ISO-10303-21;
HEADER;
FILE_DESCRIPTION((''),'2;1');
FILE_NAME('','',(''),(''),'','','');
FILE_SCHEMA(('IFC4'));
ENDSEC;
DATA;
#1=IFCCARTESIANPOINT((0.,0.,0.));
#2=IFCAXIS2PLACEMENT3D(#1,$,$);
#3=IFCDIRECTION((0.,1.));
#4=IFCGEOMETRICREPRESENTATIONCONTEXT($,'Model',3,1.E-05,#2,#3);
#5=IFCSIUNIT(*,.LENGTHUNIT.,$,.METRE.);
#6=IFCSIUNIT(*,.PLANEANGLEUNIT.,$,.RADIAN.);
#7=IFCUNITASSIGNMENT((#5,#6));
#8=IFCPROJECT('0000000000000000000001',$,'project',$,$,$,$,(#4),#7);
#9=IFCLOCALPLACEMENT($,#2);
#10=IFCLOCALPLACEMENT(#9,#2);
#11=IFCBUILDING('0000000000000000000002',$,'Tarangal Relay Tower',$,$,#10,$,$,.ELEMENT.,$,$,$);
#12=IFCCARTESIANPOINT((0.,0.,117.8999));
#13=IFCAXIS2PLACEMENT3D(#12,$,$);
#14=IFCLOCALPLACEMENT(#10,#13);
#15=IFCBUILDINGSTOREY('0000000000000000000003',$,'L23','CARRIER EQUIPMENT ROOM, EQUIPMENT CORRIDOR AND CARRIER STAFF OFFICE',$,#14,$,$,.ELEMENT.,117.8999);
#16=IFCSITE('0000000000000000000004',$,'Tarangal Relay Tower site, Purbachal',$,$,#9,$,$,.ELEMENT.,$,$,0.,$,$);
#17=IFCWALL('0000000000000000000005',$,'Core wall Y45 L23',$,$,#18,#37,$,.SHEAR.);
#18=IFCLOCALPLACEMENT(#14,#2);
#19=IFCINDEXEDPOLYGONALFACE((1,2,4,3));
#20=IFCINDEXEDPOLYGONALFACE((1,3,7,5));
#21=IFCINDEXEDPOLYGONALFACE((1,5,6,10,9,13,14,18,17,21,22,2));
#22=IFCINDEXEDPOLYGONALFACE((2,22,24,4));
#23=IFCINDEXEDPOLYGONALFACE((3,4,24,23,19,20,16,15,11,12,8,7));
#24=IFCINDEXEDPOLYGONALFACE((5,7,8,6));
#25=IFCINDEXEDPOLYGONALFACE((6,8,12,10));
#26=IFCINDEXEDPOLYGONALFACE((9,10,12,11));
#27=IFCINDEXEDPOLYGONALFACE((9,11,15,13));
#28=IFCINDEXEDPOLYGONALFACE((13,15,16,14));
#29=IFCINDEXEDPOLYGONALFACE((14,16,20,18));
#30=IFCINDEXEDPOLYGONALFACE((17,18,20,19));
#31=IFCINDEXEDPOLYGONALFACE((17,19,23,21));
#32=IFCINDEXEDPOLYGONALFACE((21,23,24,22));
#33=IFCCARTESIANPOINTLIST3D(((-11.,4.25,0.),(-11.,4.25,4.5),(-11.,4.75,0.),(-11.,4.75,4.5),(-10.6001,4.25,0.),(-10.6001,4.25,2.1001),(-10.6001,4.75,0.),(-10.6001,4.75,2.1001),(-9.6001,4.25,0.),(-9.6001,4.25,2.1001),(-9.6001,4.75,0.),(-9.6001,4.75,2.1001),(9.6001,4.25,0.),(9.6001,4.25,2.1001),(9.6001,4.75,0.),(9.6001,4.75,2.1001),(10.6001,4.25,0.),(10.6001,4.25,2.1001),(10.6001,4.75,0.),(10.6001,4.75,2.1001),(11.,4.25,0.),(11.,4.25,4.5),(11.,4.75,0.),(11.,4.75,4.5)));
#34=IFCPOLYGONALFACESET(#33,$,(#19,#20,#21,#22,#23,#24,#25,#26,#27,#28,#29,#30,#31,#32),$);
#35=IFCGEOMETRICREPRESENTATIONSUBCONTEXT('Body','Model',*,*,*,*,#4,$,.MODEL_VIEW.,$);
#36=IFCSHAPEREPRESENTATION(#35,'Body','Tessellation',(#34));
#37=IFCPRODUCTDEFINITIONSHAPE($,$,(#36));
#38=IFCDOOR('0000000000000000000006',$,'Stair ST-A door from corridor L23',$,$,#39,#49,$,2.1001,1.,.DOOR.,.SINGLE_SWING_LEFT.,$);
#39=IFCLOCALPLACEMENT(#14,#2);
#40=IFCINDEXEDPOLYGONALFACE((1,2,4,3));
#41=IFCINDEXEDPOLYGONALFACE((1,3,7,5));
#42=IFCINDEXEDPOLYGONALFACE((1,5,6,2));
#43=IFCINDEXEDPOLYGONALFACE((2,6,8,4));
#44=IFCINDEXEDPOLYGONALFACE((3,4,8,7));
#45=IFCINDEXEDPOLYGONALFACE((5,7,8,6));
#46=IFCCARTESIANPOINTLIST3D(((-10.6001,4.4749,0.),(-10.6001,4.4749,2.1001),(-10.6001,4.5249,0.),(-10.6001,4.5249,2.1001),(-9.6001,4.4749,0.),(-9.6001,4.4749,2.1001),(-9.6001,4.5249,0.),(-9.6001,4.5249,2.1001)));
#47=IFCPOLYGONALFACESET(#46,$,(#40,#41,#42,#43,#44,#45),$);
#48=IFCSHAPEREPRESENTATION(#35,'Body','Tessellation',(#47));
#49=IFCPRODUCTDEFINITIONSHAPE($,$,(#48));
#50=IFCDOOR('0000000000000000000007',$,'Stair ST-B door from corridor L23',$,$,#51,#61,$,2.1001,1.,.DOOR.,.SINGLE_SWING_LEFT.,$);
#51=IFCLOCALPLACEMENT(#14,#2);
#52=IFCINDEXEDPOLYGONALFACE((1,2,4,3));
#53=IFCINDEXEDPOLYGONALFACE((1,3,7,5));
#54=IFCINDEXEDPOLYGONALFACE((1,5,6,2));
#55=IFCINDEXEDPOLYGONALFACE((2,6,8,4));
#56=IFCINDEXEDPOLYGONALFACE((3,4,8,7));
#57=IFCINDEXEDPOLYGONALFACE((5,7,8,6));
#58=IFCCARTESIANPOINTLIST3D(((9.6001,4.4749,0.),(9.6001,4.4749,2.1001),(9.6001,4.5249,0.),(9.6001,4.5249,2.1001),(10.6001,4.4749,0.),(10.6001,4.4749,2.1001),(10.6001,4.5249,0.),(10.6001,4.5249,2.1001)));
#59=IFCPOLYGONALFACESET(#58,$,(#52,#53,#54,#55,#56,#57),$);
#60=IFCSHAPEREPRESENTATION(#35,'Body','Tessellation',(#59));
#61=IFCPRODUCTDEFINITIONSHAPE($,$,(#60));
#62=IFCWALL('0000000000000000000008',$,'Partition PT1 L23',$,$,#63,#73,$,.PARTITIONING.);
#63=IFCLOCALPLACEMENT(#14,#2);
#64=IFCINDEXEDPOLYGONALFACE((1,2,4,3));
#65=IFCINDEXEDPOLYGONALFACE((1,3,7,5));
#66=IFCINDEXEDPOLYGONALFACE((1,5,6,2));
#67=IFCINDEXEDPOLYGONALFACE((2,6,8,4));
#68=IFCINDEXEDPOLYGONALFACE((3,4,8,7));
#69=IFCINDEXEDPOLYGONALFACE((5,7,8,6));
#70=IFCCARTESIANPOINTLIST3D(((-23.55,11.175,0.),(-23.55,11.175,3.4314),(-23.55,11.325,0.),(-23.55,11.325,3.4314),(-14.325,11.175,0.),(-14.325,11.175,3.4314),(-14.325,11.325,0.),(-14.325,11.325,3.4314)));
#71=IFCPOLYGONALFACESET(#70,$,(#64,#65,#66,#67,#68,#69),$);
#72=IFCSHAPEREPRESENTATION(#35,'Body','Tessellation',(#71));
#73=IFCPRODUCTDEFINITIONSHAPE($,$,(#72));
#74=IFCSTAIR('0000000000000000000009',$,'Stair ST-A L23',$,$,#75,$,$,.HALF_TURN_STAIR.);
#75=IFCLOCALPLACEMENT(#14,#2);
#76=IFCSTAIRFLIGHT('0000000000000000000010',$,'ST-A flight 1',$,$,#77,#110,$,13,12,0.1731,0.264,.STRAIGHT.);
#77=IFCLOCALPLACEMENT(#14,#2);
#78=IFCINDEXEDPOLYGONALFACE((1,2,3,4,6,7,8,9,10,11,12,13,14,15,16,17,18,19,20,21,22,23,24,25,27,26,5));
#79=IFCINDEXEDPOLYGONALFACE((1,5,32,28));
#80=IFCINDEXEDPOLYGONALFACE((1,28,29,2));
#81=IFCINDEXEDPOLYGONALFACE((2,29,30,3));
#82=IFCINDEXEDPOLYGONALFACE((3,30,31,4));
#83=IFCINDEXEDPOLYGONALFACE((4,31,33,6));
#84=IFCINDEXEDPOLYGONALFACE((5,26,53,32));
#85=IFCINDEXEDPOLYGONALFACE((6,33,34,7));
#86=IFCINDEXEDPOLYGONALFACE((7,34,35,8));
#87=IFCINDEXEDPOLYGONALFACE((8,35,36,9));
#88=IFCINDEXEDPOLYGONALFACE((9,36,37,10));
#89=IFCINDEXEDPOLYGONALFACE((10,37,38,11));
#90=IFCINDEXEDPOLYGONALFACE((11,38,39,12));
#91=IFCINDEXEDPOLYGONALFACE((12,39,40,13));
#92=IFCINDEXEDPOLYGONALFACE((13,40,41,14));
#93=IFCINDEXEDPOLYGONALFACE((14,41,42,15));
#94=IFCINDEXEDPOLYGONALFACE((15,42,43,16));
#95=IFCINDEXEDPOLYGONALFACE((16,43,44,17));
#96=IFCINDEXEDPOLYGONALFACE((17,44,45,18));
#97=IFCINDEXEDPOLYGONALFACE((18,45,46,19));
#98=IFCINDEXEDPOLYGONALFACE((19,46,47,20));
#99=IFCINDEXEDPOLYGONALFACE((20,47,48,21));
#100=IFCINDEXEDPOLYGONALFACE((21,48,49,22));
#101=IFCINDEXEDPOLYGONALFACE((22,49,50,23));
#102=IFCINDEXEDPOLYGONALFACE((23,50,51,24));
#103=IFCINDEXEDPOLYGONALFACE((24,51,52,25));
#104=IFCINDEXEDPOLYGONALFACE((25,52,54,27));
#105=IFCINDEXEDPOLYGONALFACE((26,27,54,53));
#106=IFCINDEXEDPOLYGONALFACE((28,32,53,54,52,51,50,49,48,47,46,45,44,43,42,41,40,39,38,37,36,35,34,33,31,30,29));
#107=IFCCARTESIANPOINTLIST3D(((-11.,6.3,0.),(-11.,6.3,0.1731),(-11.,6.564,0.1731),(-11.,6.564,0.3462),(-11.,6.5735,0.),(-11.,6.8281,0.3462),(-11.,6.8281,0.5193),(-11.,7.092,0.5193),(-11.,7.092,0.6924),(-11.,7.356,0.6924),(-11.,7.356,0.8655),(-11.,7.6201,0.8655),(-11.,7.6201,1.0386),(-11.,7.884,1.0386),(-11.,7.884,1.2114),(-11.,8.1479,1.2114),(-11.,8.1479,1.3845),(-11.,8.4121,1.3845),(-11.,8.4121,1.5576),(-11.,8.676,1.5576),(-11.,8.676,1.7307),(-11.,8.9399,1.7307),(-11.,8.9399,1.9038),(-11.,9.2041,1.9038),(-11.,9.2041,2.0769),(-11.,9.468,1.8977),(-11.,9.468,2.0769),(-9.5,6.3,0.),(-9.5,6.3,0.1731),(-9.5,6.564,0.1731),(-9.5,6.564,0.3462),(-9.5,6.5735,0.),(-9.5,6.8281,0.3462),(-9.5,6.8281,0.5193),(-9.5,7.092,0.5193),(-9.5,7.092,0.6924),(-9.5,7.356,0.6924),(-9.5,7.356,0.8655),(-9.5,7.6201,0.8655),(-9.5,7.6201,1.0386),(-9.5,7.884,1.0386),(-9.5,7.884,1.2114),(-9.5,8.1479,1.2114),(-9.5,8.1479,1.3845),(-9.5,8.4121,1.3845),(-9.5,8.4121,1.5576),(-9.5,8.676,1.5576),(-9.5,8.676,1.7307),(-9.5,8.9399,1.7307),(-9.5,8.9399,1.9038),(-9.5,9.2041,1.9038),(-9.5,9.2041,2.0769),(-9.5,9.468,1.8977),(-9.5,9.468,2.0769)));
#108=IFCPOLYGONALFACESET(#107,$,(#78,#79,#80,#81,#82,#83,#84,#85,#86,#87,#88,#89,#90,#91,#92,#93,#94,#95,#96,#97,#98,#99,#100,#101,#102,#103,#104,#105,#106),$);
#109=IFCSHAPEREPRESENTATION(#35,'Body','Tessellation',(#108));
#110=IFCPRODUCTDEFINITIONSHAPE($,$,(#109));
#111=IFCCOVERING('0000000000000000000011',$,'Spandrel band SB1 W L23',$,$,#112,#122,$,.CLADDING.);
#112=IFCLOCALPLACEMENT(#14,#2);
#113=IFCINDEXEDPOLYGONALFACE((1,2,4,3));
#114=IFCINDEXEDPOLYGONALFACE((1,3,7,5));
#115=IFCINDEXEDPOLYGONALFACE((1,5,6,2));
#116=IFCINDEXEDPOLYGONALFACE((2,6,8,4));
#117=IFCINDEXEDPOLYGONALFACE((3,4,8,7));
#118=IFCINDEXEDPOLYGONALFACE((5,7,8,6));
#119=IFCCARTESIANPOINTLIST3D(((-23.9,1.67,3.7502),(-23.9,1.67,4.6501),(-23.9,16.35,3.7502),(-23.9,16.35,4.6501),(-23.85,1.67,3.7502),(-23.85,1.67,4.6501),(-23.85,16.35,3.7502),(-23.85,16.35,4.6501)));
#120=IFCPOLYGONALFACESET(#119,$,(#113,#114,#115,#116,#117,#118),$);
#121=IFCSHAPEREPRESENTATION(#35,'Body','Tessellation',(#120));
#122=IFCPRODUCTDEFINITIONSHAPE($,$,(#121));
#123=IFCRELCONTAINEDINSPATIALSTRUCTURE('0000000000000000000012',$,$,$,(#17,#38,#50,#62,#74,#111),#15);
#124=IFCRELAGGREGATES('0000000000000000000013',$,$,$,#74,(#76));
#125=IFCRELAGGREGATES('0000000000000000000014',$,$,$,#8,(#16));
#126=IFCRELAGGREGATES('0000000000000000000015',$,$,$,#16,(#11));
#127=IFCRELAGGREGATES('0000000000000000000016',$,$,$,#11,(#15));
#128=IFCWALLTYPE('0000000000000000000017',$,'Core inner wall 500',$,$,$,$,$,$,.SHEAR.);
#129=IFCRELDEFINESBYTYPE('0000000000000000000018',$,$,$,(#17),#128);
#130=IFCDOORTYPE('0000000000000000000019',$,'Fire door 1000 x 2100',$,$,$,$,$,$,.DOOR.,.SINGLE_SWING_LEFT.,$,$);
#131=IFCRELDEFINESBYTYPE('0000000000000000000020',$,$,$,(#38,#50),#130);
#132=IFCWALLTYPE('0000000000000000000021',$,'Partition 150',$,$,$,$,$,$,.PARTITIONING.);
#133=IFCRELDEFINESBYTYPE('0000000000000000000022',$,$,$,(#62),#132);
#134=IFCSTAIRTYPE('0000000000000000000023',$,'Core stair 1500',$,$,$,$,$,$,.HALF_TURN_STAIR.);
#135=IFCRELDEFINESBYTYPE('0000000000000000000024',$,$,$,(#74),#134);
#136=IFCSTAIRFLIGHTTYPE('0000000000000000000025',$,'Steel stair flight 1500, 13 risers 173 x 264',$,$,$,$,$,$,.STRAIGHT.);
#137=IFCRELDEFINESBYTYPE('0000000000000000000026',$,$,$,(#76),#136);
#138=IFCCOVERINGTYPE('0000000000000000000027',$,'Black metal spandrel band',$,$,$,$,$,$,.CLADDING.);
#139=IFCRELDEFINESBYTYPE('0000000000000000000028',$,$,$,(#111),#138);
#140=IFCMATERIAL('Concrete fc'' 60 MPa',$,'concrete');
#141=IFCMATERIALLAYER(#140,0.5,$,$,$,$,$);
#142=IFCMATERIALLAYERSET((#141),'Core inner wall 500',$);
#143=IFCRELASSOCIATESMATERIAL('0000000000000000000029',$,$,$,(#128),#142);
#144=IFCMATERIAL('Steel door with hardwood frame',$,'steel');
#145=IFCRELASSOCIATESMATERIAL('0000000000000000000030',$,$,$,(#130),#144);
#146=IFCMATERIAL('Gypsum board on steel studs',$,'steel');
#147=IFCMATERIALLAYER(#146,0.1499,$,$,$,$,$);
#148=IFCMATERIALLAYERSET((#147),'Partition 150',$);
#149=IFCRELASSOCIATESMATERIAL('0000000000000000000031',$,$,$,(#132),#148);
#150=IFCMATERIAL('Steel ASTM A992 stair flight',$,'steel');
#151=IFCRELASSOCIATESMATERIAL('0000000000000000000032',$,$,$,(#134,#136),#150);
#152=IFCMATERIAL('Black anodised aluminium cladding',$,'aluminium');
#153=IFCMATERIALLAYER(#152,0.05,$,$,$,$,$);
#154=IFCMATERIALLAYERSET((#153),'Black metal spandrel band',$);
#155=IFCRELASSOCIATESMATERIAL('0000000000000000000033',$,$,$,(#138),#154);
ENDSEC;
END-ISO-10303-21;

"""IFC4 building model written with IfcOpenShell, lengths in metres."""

from ifc_helpers import new_model, si_unit, direction, frame, frame_2d, origin, origin_2d, place, context, subcontext, project, spatial, polyline, rectangle, outline, extrude, material, layer, layer_set, type_object, element, fill, aggregate, save


model = new_model("IFC4")

# Units and contexts
model_context = context("Model", 3, precision=1e-05, world=origin(), true_north=direction((0.0, 1.0)))
body_context = subcontext(model_context, "Body", "Model", "MODEL_VIEW")
ifc_project = project(units=[si_unit("LENGTHUNIT", "METRE"), si_unit("PLANEANGLEUNIT", "RADIAN")], contexts=[model_context])

# Site, building, storey
site_placement = place(None, origin())
site = spatial("IfcSite", under=ifc_project, at=site_placement, Name="Tarangal Relay Tower site, Purbachal", CompositionType="ELEMENT", RefElevation=0.0)
building_placement = place(site_placement, origin())
building = spatial("IfcBuilding", under=site, at=building_placement, Name="Tarangal Relay Tower", CompositionType="ELEMENT")
storey_placement = place(building_placement, frame((0.0, 0.0, 117.8999)))
storey = spatial("IfcBuildingStorey", under=building, at=storey_placement, Name="L23", Description="CARRIER EQUIPMENT ROOM, EQUIPMENT CORRIDOR AND CARRIER STAFF OFFICE", CompositionType="ELEMENT", Elevation=117.8999)

# Wall, openings, doors
ifc_material_1 = material(Name="Concrete fc' 60 MPa", Category="concrete")
ifc_layer_1 = layer(ifc_material_1, 0.5)
ifc_layer_set_1 = layer_set([ifc_layer_1], Name="Core inner wall 500")
wall_type_1 = type_object("IfcWallType", Name="Core inner wall 500", PredefinedType="SHEAR", material=ifc_layer_set_1)
wall_1_placement = place(storey_placement, frame((-11.0, 4.5, 0.0), z_axis=(0.0, 0.0, 1.0), x_axis=(1.0, 0.0, 0.0)))
wall_1 = element("IfcWall", 1, at=wall_1_placement, inside=storey, type_object=wall_type_1, Name="Core wall Y45 L23", PredefinedType="SHEAR", context=body_context, shape_type="SweptSolid", body=[
    extrude(rectangle(XDim=22.0, YDim=0.5, at=frame_2d((11.0, 0.0))), origin(), (0.0, 0.0, 1.0), 4.5),
])
opening_1_placement = place(wall_1_placement, frame((0.3999, 0.0, 0.0)))
opening_1 = element("IfcOpeningElement", 2, at=opening_1_placement, cuts=wall_1, PredefinedType="OPENING", context=body_context, shape_type="SweptSolid", body=[
    extrude(rectangle(XDim=1.0, YDim=2.1001, at=frame_2d((0.5, 1.05))), frame((0.0, 0.26, 0.0), z_axis=(0.0, -1.0, 0.0), x_axis=(1.0, 0.0, 0.0)), (0.0, 0.0, 1.0), 0.52),
])
opening_2_placement = place(wall_1_placement, frame((20.6001, 0.0, 0.0)))
opening_2 = element("IfcOpeningElement", 3, at=opening_2_placement, cuts=wall_1, PredefinedType="OPENING", context=body_context, shape_type="SweptSolid", body=[
    extrude(rectangle(XDim=1.0, YDim=2.1001, at=frame_2d((0.5, 1.05))), frame((0.0, 0.26, 0.0), z_axis=(0.0, -1.0, 0.0), x_axis=(1.0, 0.0, 0.0)), (0.0, 0.0, 1.0), 0.52),
])
ifc_material_2 = material(Name="Steel door with hardwood frame", Category="steel")
door_type_1 = type_object("IfcDoorType", Name="Fire door 1000 x 2100", OperationType="SINGLE_SWING_LEFT", PredefinedType="DOOR", material=ifc_material_2)
door_1_placement = place(opening_1_placement, origin())
door_1 = element("IfcDoor", 4, at=door_1_placement, inside=storey, type_object=door_type_1, Name="Stair ST-A door from corridor L23", OperationType="SINGLE_SWING_LEFT", OverallHeight=2.1001, OverallWidth=1.0, PredefinedType="DOOR", context=body_context, shape_type="SweptSolid", body=[
    extrude(rectangle(XDim=1.0, YDim=2.1001, at=frame_2d((0.5, 1.05))), frame((0.0, 0.0249, 0.0), z_axis=(0.0, -1.0, 0.0), x_axis=(1.0, 0.0, 0.0)), (0.0, 0.0, 1.0), 0.05),
])
fill(opening_1, door_1)
door_2_placement = place(opening_2_placement, origin())
door_2 = element("IfcDoor", 5, at=door_2_placement, inside=storey, type_object=door_type_1, Name="Stair ST-B door from corridor L23", OperationType="SINGLE_SWING_LEFT", OverallHeight=2.1001, OverallWidth=1.0, PredefinedType="DOOR", context=body_context, shape_type="SweptSolid", body=[
    extrude(rectangle(XDim=1.0, YDim=2.1001, at=frame_2d((0.5, 1.05))), frame((0.0, 0.0249, 0.0), z_axis=(0.0, -1.0, 0.0), x_axis=(1.0, 0.0, 0.0)), (0.0, 0.0, 1.0), 0.05),
])
fill(opening_2, door_2)

# Wall
ifc_material_3 = material(Name="Gypsum board on steel studs", Category="steel")
ifc_layer_2 = layer(ifc_material_3, 0.1499)
ifc_layer_set_2 = layer_set([ifc_layer_2], Name="Partition 150")
wall_type_2 = type_object("IfcWallType", Name="Partition 150", PredefinedType="PARTITIONING", material=ifc_layer_set_2)
wall_2_placement = place(storey_placement, frame((-23.55, 11.25, 0.0), z_axis=(0.0, 0.0, 1.0), x_axis=(1.0, 0.0, 0.0)))
element("IfcWall", 6, at=wall_2_placement, inside=storey, type_object=wall_type_2, Name="Partition PT1 L23", PredefinedType="PARTITIONING", context=body_context, shape_type="SweptSolid", body=[
    extrude(rectangle(XDim=9.2251, YDim=0.1499, at=frame_2d((4.6125, 0.0))), origin(), (0.0, 0.0, 1.0), 3.4314),
])

# Stair, stair flight
ifc_material_4 = material(Name="Steel ASTM A992 stair flight", Category="steel")
stair_type = type_object("IfcStairType", Name="Core stair 1500", PredefinedType="HALF_TURN_STAIR", material=ifc_material_4)
stair_placement = place(storey_placement, origin())
stair = element("IfcStair", 7, at=stair_placement, inside=storey, type_object=stair_type, Name="Stair ST-A L23", PredefinedType="HALF_TURN_STAIR")
stair_flight_type = type_object("IfcStairFlightType", Name="Steel stair flight 1500, 13 risers 173 x 264", PredefinedType="STRAIGHT", material=ifc_material_4)
stair_flight_placement = place(storey_placement, frame((-10.25, 6.3, 0.0), z_axis=(0.0, 0.0, 1.0), x_axis=(0.0, 1.0, 0.0)))
stair_flight = element("IfcStairFlight", 8, at=stair_flight_placement, type_object=stair_flight_type, Name="ST-A flight 1", NumberOfRisers=13, NumberOfTreads=12, PredefinedType="STRAIGHT", RiserHeight=0.1731, TreadLength=0.264, context=body_context, shape_type="SweptSolid", body=[
    extrude(outline(polyline([(0.0, 0.0), (0.0, 0.1731), (0.2639, 0.1731), (0.2639, 0.3462), (0.5281, 0.3462), (0.5281, 0.5193), (0.792, 0.5193), (0.792, 0.6924), (1.0559, 0.6924), (1.0559, 0.8655), (1.3201, 0.8655), (1.3201, 1.0386), (1.584, 1.0386), (1.584, 1.2114), (1.8479, 1.2114), (1.8479, 1.3845), (2.1121, 1.3845), (2.1121, 1.5576), (2.376, 1.5576), (2.376, 1.7307), (2.6399, 1.7307), (2.6399, 1.9038), (2.9041, 1.9038), (2.9041, 2.0769), (3.168, 2.0769), (3.168, 2.25), (3.168, 1.8977), (0.2734, 0.0), (0.0, 0.0)])), frame((0.0, 0.75, 0.0), z_axis=(0.0, -1.0, 0.0), x_axis=(1.0, 0.0, 0.0)), (0.0, 0.0, 1.0), 1.5),
])
aggregate(stair, [stair_flight])

# Covering
ifc_material_5 = material(Name="Black anodised aluminium cladding", Category="aluminium")
ifc_layer_3 = layer(ifc_material_5, 0.05)
ifc_layer_set_3 = layer_set([ifc_layer_3], Name="Black metal spandrel band")
covering_type = type_object("IfcCoveringType", Name="Black metal spandrel band", PredefinedType="CLADDING", material=ifc_layer_set_3)
covering_placement = place(storey_placement, frame((-23.875, 9.01, 3.7502), z_axis=(0.0, 0.0, 1.0), x_axis=(0.0, 1.0, 0.0)))
element("IfcCovering", 9, at=covering_placement, inside=storey, type_object=covering_type, Name="Spandrel band SB1 W L23", PredefinedType="CLADDING", context=body_context, shape_type="SweptSolid", body=[
    extrude(rectangle(XDim=14.6799, YDim=0.05, at=origin_2d()), origin(), (0.0, 0.0, 1.0), 0.8999),
])

save(model, "model.ifc")
